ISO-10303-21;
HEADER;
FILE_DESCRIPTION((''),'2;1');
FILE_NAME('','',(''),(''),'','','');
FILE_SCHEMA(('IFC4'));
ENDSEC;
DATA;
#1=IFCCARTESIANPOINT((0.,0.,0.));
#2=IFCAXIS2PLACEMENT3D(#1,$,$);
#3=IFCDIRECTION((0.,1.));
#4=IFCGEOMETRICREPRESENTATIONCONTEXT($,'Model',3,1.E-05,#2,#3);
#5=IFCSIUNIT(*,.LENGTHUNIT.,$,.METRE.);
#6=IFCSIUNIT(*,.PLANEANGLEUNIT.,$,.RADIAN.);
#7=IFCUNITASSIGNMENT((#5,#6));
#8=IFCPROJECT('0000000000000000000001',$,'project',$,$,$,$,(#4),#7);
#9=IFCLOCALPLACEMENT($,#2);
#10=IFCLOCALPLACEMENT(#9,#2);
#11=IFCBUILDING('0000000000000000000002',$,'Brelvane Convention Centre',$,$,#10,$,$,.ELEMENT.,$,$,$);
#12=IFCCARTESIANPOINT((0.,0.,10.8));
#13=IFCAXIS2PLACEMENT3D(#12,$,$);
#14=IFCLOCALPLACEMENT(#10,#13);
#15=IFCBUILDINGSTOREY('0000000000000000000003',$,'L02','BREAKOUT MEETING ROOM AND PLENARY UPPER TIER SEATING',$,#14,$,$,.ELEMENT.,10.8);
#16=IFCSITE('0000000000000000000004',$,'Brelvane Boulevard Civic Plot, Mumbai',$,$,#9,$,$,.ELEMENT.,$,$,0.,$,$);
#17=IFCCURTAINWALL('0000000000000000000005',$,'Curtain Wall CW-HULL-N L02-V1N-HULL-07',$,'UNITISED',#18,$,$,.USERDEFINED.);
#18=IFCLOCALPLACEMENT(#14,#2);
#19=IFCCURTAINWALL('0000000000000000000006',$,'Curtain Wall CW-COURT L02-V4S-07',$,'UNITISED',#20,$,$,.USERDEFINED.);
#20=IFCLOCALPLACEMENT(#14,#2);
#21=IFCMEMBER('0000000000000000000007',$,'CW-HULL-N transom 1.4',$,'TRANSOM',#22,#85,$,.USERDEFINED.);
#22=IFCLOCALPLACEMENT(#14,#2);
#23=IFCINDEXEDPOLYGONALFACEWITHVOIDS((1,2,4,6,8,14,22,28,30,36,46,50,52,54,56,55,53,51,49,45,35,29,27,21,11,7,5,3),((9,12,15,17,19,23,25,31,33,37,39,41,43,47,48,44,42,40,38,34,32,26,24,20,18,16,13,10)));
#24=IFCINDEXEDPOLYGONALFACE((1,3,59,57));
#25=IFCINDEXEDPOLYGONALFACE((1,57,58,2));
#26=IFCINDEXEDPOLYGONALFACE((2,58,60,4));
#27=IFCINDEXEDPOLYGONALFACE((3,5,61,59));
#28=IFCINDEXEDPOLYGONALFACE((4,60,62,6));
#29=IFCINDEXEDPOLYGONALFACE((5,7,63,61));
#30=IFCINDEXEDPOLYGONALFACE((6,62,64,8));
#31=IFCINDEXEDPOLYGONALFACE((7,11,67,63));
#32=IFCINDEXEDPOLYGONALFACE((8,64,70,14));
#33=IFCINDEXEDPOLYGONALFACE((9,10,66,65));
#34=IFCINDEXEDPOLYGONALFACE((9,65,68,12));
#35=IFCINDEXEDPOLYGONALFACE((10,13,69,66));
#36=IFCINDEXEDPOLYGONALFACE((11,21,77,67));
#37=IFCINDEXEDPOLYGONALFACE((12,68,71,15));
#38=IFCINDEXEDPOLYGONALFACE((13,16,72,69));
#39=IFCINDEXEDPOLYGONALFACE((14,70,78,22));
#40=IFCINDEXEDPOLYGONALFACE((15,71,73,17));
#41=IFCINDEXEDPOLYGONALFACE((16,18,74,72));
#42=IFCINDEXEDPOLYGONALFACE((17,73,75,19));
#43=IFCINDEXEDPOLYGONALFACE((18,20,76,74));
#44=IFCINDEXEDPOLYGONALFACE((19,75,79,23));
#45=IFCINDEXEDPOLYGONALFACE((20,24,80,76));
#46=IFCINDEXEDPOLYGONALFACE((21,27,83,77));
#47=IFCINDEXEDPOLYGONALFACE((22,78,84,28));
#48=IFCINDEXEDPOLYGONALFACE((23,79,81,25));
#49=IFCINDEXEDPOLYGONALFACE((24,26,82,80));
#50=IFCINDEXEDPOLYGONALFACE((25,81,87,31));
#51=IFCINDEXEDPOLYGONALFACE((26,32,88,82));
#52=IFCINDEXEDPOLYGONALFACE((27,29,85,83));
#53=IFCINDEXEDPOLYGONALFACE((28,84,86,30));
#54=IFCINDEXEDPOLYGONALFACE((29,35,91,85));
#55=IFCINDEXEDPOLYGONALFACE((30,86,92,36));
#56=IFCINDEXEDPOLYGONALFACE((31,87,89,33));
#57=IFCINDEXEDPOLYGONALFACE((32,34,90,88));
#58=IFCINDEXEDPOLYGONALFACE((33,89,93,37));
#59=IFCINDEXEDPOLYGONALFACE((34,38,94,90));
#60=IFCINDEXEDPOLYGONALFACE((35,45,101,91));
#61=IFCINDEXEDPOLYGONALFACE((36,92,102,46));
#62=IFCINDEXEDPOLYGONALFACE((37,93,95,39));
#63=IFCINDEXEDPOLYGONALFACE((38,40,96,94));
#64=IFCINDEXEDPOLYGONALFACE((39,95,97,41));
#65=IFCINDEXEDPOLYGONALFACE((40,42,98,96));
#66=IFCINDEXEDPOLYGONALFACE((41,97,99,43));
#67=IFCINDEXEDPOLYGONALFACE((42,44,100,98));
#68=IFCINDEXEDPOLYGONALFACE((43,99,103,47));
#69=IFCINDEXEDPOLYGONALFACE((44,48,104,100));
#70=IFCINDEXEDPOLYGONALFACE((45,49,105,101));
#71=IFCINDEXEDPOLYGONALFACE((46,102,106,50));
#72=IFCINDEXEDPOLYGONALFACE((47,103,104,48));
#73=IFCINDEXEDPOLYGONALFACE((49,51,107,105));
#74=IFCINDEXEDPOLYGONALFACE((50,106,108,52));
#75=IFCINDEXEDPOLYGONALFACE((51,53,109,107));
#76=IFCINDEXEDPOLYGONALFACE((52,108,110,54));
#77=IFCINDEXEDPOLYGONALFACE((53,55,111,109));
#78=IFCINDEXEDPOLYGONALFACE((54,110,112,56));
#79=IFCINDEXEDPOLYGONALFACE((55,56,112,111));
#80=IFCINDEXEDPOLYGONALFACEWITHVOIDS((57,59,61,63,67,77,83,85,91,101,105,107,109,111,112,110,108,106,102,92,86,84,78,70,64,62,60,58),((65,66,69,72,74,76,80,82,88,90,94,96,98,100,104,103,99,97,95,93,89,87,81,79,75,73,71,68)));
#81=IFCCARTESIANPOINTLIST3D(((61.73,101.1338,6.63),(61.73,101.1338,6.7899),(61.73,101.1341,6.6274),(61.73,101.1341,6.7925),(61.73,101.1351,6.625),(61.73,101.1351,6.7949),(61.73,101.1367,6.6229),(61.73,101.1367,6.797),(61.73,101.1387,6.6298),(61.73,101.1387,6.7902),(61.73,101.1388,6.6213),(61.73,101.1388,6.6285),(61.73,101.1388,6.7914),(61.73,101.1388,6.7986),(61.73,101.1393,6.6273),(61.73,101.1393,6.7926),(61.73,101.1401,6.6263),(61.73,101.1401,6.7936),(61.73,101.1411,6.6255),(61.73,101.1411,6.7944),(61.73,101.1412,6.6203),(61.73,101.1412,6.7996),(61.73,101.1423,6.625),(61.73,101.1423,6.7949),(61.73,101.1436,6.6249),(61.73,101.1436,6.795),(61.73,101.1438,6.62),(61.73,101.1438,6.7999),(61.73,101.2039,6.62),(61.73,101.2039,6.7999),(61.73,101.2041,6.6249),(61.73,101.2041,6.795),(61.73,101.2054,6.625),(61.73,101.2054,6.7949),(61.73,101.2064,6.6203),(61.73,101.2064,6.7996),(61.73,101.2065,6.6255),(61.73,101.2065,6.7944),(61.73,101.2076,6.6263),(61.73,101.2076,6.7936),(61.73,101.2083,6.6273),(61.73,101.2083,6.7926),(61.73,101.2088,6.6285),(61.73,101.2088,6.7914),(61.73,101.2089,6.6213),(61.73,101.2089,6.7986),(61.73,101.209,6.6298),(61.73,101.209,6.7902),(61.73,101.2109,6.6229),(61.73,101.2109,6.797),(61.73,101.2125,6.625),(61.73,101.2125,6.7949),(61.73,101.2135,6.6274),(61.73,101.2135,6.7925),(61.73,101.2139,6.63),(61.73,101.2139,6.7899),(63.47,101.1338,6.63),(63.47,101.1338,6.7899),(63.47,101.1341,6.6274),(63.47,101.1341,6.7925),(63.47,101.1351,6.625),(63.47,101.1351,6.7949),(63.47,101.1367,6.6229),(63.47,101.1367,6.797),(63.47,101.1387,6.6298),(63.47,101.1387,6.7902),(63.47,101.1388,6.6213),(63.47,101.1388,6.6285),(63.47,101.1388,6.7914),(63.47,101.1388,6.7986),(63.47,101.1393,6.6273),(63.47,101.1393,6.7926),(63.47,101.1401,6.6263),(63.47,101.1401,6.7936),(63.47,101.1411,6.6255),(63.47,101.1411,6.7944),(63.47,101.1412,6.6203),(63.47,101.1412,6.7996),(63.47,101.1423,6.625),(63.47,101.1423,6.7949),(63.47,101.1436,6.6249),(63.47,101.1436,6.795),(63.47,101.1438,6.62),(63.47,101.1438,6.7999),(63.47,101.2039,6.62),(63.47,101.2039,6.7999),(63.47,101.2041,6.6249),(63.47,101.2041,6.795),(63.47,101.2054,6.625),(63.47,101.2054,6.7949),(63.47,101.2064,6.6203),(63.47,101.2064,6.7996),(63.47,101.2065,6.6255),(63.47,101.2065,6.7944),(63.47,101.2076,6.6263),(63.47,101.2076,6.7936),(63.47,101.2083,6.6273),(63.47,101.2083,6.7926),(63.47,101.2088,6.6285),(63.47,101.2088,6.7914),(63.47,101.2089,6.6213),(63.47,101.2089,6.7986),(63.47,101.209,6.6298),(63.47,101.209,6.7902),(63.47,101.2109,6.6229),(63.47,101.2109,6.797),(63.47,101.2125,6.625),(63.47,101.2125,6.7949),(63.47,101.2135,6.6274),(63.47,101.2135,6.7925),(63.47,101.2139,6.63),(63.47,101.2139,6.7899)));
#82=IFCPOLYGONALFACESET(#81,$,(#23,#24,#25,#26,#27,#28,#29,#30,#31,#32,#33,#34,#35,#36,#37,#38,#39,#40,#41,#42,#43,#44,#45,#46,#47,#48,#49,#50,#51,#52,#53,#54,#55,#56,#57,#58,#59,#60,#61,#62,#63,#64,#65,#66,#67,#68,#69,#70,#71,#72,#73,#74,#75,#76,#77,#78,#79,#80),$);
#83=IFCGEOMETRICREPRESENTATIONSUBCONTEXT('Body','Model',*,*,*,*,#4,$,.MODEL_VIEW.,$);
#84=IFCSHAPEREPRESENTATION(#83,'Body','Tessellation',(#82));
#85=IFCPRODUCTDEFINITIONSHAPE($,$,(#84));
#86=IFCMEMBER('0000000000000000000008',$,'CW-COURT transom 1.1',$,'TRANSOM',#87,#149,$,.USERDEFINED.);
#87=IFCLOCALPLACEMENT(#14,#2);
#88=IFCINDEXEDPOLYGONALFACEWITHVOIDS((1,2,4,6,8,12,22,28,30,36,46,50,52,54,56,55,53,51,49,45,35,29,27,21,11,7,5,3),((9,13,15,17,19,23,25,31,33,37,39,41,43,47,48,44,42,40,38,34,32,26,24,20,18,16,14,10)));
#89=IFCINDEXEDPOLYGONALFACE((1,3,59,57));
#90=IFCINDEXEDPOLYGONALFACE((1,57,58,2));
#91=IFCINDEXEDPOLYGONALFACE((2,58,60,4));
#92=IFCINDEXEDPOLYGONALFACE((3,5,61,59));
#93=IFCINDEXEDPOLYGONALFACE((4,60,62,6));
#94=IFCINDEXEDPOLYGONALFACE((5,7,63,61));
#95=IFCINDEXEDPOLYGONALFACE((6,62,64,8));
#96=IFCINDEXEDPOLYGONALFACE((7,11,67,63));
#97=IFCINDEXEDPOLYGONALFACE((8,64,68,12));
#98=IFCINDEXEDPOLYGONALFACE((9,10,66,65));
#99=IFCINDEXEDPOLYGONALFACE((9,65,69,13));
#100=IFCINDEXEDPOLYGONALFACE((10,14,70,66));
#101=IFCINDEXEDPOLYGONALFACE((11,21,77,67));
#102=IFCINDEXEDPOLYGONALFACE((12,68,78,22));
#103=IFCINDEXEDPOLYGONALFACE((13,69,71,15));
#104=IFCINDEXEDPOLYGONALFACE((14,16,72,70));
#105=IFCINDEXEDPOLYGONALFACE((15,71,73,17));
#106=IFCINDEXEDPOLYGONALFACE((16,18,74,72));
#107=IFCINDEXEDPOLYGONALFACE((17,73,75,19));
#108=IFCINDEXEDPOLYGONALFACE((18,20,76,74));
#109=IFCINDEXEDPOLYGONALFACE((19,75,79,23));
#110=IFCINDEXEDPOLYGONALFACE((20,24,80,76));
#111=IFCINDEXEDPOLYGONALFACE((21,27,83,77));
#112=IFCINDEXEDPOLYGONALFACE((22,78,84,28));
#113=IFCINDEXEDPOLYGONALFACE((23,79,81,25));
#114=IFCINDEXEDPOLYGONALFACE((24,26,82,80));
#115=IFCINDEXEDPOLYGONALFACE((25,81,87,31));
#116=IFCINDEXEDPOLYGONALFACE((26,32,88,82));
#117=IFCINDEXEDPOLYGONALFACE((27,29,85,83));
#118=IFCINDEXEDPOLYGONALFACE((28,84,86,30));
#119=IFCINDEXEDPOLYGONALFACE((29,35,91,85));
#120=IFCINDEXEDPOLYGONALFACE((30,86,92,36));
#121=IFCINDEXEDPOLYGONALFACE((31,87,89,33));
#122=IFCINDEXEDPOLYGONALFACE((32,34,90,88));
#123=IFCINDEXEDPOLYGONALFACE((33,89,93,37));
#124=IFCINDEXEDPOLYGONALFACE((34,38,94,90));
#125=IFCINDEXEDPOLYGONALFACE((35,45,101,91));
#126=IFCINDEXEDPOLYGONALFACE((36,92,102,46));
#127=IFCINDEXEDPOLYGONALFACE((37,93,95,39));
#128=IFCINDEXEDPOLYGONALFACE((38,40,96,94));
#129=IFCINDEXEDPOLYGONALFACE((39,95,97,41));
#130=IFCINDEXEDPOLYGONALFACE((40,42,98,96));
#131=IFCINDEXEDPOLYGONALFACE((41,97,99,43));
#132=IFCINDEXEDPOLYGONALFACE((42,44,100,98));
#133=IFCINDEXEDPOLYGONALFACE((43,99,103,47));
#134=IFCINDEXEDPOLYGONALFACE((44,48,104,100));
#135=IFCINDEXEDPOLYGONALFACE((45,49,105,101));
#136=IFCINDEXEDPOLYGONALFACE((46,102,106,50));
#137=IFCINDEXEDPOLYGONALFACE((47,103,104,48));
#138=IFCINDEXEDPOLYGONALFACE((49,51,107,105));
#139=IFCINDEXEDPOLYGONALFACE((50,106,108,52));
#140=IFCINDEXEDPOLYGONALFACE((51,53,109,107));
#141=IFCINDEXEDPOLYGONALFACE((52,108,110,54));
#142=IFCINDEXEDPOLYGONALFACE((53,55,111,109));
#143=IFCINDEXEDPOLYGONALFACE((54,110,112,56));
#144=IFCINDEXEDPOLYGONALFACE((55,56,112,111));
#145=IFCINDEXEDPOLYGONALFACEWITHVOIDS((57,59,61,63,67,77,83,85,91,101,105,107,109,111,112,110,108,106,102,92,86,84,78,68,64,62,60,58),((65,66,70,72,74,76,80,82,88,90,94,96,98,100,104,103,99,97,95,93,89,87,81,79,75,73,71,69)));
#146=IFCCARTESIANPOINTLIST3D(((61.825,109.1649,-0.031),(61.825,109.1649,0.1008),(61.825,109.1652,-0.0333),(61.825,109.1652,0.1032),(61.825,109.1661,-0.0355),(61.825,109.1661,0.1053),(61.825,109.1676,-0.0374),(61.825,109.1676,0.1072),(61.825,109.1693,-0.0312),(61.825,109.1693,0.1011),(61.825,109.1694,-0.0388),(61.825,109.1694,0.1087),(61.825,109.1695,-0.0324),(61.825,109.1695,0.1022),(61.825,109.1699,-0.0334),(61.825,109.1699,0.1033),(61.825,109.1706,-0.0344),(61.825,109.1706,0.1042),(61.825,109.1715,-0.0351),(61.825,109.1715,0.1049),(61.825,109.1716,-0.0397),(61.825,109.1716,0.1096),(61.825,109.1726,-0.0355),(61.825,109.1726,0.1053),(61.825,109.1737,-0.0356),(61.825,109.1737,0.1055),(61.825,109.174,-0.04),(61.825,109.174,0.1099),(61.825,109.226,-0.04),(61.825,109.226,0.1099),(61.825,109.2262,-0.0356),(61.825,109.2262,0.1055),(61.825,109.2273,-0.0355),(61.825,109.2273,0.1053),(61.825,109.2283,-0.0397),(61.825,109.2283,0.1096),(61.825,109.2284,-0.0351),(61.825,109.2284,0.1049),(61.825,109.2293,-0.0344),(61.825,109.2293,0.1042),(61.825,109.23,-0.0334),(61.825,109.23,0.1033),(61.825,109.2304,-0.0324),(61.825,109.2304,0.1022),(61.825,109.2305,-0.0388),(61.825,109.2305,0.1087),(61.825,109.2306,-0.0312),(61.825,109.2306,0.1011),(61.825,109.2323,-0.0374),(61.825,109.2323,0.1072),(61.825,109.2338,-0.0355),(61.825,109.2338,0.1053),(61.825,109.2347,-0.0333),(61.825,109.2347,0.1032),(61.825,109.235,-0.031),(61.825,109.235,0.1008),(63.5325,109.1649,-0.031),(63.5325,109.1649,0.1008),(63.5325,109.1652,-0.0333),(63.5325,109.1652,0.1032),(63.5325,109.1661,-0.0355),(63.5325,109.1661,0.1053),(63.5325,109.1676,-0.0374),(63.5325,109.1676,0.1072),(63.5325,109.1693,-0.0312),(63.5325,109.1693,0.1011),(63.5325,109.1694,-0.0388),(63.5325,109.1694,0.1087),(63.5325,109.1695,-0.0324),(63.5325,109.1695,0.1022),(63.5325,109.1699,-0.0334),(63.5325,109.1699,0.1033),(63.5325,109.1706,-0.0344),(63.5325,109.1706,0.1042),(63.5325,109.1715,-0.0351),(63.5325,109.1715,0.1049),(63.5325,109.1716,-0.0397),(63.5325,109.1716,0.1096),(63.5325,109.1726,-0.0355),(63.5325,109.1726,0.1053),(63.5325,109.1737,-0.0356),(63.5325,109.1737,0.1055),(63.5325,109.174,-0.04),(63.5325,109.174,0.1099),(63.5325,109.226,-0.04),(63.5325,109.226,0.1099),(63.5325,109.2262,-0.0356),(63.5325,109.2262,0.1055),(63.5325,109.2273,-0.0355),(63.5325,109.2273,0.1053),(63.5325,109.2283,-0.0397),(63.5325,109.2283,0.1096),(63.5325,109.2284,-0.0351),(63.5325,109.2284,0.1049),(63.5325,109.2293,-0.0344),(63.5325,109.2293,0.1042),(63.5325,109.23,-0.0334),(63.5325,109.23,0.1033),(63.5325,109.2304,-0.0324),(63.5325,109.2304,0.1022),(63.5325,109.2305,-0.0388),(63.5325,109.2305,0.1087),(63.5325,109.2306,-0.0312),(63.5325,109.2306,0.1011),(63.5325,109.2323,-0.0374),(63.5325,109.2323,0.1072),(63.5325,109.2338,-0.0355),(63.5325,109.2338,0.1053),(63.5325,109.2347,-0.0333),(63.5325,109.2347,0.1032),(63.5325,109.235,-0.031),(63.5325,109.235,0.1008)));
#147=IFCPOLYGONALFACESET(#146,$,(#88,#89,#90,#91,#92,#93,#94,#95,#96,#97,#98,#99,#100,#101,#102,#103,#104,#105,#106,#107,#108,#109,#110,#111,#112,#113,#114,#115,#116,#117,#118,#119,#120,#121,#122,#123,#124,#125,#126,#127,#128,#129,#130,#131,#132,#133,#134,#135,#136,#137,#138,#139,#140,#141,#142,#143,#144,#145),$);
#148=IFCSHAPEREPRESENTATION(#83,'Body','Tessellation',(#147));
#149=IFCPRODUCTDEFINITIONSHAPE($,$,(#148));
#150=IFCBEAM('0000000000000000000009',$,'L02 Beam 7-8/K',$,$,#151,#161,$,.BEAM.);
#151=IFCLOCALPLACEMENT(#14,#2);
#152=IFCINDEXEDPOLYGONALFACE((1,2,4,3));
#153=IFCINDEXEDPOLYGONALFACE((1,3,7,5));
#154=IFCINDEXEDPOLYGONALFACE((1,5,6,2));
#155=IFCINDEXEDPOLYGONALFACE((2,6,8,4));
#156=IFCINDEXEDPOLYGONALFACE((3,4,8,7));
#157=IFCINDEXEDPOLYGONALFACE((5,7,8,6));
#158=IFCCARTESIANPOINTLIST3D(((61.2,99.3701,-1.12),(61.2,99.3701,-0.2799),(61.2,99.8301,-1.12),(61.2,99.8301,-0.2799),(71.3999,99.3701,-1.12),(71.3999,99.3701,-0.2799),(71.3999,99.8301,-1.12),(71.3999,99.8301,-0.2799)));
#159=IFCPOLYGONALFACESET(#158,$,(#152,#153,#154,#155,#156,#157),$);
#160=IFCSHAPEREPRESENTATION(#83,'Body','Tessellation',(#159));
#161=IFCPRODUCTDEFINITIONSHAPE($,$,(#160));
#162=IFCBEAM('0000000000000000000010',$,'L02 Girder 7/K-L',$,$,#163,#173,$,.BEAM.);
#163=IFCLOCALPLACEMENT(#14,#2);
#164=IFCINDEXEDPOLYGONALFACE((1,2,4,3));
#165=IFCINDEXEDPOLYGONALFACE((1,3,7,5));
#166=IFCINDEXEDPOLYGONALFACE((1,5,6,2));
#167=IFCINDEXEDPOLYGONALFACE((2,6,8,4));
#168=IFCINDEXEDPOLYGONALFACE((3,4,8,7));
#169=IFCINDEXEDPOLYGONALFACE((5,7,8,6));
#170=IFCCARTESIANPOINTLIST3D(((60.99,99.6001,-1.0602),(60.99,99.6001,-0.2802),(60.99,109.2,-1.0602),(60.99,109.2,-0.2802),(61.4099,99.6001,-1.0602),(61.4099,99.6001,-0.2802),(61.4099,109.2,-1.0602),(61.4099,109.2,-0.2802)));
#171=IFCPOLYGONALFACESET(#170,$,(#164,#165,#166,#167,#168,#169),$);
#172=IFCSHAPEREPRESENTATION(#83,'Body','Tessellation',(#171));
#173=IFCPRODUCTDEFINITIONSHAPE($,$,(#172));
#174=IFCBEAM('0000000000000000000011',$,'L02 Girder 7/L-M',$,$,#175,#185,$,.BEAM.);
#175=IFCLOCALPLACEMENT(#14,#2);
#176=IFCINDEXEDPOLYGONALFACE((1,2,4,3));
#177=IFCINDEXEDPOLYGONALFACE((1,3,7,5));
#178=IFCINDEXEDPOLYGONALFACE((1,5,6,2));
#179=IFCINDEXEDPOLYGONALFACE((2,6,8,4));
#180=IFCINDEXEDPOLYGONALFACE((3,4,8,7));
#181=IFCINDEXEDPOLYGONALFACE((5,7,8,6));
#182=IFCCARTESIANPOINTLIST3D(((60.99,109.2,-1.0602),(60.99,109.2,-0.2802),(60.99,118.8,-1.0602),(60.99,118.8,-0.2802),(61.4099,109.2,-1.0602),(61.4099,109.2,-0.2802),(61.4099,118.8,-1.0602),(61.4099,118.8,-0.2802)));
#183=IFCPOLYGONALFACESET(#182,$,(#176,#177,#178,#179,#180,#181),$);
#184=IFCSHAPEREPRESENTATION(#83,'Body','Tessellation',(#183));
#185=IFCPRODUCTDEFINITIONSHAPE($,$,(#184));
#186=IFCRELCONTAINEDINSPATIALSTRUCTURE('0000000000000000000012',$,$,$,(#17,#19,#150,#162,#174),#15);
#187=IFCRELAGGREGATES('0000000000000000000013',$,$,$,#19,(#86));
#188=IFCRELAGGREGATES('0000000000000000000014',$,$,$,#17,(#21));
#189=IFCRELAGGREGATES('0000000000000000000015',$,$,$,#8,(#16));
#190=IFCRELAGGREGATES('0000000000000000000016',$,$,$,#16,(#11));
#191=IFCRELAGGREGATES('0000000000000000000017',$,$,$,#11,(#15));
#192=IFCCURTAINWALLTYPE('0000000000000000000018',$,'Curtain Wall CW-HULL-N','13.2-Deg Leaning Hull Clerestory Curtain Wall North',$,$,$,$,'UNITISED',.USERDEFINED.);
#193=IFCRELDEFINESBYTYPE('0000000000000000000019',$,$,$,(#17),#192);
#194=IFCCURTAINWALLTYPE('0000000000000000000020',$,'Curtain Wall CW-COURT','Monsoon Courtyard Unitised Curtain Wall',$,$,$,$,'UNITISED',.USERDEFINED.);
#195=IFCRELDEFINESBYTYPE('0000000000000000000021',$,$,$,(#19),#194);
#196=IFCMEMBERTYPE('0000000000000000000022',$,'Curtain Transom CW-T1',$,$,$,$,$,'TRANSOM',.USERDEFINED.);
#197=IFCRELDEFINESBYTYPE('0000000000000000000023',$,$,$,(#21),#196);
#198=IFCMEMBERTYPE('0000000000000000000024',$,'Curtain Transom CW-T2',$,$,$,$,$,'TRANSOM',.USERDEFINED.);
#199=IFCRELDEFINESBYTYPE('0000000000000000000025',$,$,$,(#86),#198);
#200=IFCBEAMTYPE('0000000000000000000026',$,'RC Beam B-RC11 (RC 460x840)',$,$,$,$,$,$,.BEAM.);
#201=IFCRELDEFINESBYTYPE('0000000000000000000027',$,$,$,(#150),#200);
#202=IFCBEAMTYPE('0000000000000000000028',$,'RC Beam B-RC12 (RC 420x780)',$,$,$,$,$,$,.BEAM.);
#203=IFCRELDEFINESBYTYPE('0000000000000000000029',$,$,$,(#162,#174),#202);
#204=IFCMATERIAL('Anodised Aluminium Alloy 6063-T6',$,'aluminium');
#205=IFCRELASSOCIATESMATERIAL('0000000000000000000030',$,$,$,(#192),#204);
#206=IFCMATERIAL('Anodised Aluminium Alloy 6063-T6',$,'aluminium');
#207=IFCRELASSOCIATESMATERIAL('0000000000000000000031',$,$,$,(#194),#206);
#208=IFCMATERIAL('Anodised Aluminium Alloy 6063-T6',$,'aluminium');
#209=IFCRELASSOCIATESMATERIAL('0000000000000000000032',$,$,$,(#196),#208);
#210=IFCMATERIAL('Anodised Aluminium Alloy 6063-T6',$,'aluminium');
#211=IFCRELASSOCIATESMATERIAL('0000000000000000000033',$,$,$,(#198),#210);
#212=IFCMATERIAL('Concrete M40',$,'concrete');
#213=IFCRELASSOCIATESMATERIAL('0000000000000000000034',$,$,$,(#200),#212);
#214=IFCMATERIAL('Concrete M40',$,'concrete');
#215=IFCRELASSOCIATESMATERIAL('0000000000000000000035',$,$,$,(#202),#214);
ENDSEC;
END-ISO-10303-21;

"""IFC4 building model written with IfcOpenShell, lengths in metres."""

from ifc_helpers import new_model, si_unit, direction, frame, origin, origin_2d, place, context, subcontext, project, spatial, rectangle, hollow_rectangle, extrude, material, material_profile, profile_set, type_object, element, aggregate, save


model = new_model("IFC4")

# Units and contexts
model_context = context("Model", 3, precision=1e-05, world=origin(), true_north=direction((0.0, 1.0)))
body_context = subcontext(model_context, "Body", "Model", "MODEL_VIEW")
ifc_project = project(units=[si_unit("LENGTHUNIT", "METRE"), si_unit("PLANEANGLEUNIT", "RADIAN")], contexts=[model_context])

# Site, building, storey
site_placement = place(None, origin())
site = spatial("IfcSite", under=ifc_project, at=site_placement, Name="Brelvane Boulevard Civic Plot, Mumbai", CompositionType="ELEMENT", RefElevation=0.0)
building_placement = place(site_placement, origin())
building = spatial("IfcBuilding", under=site, at=building_placement, Name="Brelvane Convention Centre", CompositionType="ELEMENT")
storey_placement = place(building_placement, frame((0.0, 0.0, 10.8)))
storey = spatial("IfcBuildingStorey", under=building, at=storey_placement, Name="L02", Description="BREAKOUT MEETING ROOM AND PLENARY UPPER TIER SEATING", CompositionType="ELEMENT", Elevation=10.8)

# Shared definitions
ifc_material_1 = material(Name="Anodised Aluminium Alloy 6063-T6", Category="aluminium")
curtain_wall_type_1 = type_object("IfcCurtainWallType", Name="Curtain Wall CW-HULL-N", Description="13.2-Deg Leaning Hull Clerestory Curtain Wall North", ElementType="UNITISED", PredefinedType="USERDEFINED", material=ifc_material_1)

# Curtain walls
curtain_wall_1_placement = place(storey_placement, origin())
curtain_wall_1 = element("IfcCurtainWall", 1, at=curtain_wall_1_placement, inside=storey, type_object=curtain_wall_type_1, Name="Curtain Wall CW-HULL-N L02-V1N-HULL-07", ObjectType="UNITISED", PredefinedType="USERDEFINED")
ifc_material_2 = material(Name="Anodised Aluminium Alloy 6063-T6", Category="aluminium")
curtain_wall_type_2 = type_object("IfcCurtainWallType", Name="Curtain Wall CW-COURT", Description="Monsoon Courtyard Unitised Curtain Wall", ElementType="UNITISED", PredefinedType="USERDEFINED", material=ifc_material_2)
curtain_wall_2_placement = place(storey_placement, origin())
curtain_wall_2 = element("IfcCurtainWall", 2, at=curtain_wall_2_placement, inside=storey, type_object=curtain_wall_type_2, Name="Curtain Wall CW-COURT L02-V4S-07", ObjectType="UNITISED", PredefinedType="USERDEFINED")

# Members
ifc_material_3 = material(Name="Anodised Aluminium Alloy 6063-T6", Category="aluminium")
ifc_material_profile_1 = material_profile(ifc_material_3, hollow_rectangle(XDim=0.0801, YDim=0.1799, WallThickness=0.0049, InnerFilletRadius=0.0049, OuterFilletRadius=0.01, at=origin_2d()), Name="ALU-T 180x80x5.0")
ifc_profile_set_1 = profile_set([ifc_material_profile_1], Name="Anodised Aluminium Alloy 6063-T6")
member_type_1 = type_object("IfcMemberType", Name="Curtain Transom CW-T1", ElementType="TRANSOM", PredefinedType="USERDEFINED", material=ifc_profile_set_1)
member_1_placement = place(storey_placement, frame((61.73, 101.1738, 6.71), z_axis=(1.0, 0.0, 0.0), x_axis=(0.0, 1.0, 0.0)))
member_1 = element("IfcMember", 3, at=member_1_placement, type_object=member_type_1, Name="CW-HULL-N transom 1.4", ObjectType="TRANSOM", PredefinedType="USERDEFINED", context=body_context, shape_type="SweptSolid", body=[
    extrude(hollow_rectangle(XDim=0.0801, YDim=0.1799, WallThickness=0.0049, InnerFilletRadius=0.0049, OuterFilletRadius=0.01, at=origin_2d()), origin(), (0.0, 0.0, 1.0), 1.74),
])
ifc_material_4 = material(Name="Anodised Aluminium Alloy 6063-T6", Category="aluminium")
ifc_material_profile_2 = material_profile(ifc_material_4, hollow_rectangle(XDim=0.0701, YDim=0.1499, WallThickness=0.0044, InnerFilletRadius=0.0044, OuterFilletRadius=0.009, at=origin_2d()), Name="ALU-T 150x70x4.5")
ifc_profile_set_2 = profile_set([ifc_material_profile_2], Name="Anodised Aluminium Alloy 6063-T6")
member_type_2 = type_object("IfcMemberType", Name="Curtain Transom CW-T2", ElementType="TRANSOM", PredefinedType="USERDEFINED", material=ifc_profile_set_2)
member_2_placement = place(storey_placement, frame((61.825, 109.2, 0.0349), z_axis=(1.0, 0.0, 0.0), x_axis=(0.0, 1.0, 0.0)))
member_2 = element("IfcMember", 4, at=member_2_placement, type_object=member_type_2, Name="CW-COURT transom 1.1", ObjectType="TRANSOM", PredefinedType="USERDEFINED", context=body_context, shape_type="SweptSolid", body=[
    extrude(hollow_rectangle(XDim=0.0701, YDim=0.1499, WallThickness=0.0044, InnerFilletRadius=0.0044, OuterFilletRadius=0.009, at=origin_2d()), origin(), (0.0, 0.0, 1.0), 1.7075),
])
aggregate(curtain_wall_2, [member_2])

# Beams
ifc_material_5 = material(Name="Concrete M40", Category="concrete")
ifc_material_profile_3 = material_profile(ifc_material_5, rectangle(XDim=0.46, YDim=0.8401, at=origin_2d()), Name="RC 460x840")
ifc_profile_set_3 = profile_set([ifc_material_profile_3], Name="Concrete M40")
beam_type_1 = type_object("IfcBeamType", Name="RC Beam B-RC11 (RC 460x840)", PredefinedType="BEAM", material=ifc_profile_set_3)
beam_1_placement = place(storey_placement, frame((61.2, 99.6001, -0.7), z_axis=(1.0, 0.0, 0.0), x_axis=(0.0, 1.0, 0.0)))
element("IfcBeam", 5, at=beam_1_placement, inside=storey, type_object=beam_type_1, Name="L02 Beam 7-8/K", PredefinedType="BEAM", context=body_context, shape_type="SweptSolid", body=[
    extrude(rectangle(XDim=0.46, YDim=0.8401, at=origin_2d()), origin(), (0.0, 0.0, 1.0), 10.2),
])
ifc_material_6 = material(Name="Concrete M40", Category="concrete")
ifc_material_profile_4 = material_profile(ifc_material_6, rectangle(XDim=0.4199, YDim=0.78, at=origin_2d()), Name="RC 420x780")
ifc_profile_set_4 = profile_set([ifc_material_profile_4], Name="Concrete M40")
beam_type_2 = type_object("IfcBeamType", Name="RC Beam B-RC12 (RC 420x780)", PredefinedType="BEAM", material=ifc_profile_set_4)
beam_2_placement = place(storey_placement, frame((61.2, 99.6001, -0.6702), z_axis=(0.0, 1.0, 0.0), x_axis=(-1.0, 0.0, 0.0)))
element("IfcBeam", 6, at=beam_2_placement, inside=storey, type_object=beam_type_2, Name="L02 Girder 7/K-L", PredefinedType="BEAM", context=body_context, shape_type="SweptSolid", body=[
    extrude(rectangle(XDim=0.4199, YDim=0.78, at=origin_2d()), origin(), (0.0, 0.0, 1.0), 9.5999),
])
beam_3_placement = place(storey_placement, frame((61.2, 109.2, -0.6702), z_axis=(0.0, 1.0, 0.0), x_axis=(-1.0, 0.0, 0.0)))
element("IfcBeam", 7, at=beam_3_placement, inside=storey, type_object=beam_type_2, Name="L02 Girder 7/L-M", PredefinedType="BEAM", context=body_context, shape_type="SweptSolid", body=[
    extrude(rectangle(XDim=0.4199, YDim=0.78, at=origin_2d()), origin(), (0.0, 0.0, 1.0), 9.6001),
])

aggregate(curtain_wall_1, [member_1])

save(model, "model.ifc")
